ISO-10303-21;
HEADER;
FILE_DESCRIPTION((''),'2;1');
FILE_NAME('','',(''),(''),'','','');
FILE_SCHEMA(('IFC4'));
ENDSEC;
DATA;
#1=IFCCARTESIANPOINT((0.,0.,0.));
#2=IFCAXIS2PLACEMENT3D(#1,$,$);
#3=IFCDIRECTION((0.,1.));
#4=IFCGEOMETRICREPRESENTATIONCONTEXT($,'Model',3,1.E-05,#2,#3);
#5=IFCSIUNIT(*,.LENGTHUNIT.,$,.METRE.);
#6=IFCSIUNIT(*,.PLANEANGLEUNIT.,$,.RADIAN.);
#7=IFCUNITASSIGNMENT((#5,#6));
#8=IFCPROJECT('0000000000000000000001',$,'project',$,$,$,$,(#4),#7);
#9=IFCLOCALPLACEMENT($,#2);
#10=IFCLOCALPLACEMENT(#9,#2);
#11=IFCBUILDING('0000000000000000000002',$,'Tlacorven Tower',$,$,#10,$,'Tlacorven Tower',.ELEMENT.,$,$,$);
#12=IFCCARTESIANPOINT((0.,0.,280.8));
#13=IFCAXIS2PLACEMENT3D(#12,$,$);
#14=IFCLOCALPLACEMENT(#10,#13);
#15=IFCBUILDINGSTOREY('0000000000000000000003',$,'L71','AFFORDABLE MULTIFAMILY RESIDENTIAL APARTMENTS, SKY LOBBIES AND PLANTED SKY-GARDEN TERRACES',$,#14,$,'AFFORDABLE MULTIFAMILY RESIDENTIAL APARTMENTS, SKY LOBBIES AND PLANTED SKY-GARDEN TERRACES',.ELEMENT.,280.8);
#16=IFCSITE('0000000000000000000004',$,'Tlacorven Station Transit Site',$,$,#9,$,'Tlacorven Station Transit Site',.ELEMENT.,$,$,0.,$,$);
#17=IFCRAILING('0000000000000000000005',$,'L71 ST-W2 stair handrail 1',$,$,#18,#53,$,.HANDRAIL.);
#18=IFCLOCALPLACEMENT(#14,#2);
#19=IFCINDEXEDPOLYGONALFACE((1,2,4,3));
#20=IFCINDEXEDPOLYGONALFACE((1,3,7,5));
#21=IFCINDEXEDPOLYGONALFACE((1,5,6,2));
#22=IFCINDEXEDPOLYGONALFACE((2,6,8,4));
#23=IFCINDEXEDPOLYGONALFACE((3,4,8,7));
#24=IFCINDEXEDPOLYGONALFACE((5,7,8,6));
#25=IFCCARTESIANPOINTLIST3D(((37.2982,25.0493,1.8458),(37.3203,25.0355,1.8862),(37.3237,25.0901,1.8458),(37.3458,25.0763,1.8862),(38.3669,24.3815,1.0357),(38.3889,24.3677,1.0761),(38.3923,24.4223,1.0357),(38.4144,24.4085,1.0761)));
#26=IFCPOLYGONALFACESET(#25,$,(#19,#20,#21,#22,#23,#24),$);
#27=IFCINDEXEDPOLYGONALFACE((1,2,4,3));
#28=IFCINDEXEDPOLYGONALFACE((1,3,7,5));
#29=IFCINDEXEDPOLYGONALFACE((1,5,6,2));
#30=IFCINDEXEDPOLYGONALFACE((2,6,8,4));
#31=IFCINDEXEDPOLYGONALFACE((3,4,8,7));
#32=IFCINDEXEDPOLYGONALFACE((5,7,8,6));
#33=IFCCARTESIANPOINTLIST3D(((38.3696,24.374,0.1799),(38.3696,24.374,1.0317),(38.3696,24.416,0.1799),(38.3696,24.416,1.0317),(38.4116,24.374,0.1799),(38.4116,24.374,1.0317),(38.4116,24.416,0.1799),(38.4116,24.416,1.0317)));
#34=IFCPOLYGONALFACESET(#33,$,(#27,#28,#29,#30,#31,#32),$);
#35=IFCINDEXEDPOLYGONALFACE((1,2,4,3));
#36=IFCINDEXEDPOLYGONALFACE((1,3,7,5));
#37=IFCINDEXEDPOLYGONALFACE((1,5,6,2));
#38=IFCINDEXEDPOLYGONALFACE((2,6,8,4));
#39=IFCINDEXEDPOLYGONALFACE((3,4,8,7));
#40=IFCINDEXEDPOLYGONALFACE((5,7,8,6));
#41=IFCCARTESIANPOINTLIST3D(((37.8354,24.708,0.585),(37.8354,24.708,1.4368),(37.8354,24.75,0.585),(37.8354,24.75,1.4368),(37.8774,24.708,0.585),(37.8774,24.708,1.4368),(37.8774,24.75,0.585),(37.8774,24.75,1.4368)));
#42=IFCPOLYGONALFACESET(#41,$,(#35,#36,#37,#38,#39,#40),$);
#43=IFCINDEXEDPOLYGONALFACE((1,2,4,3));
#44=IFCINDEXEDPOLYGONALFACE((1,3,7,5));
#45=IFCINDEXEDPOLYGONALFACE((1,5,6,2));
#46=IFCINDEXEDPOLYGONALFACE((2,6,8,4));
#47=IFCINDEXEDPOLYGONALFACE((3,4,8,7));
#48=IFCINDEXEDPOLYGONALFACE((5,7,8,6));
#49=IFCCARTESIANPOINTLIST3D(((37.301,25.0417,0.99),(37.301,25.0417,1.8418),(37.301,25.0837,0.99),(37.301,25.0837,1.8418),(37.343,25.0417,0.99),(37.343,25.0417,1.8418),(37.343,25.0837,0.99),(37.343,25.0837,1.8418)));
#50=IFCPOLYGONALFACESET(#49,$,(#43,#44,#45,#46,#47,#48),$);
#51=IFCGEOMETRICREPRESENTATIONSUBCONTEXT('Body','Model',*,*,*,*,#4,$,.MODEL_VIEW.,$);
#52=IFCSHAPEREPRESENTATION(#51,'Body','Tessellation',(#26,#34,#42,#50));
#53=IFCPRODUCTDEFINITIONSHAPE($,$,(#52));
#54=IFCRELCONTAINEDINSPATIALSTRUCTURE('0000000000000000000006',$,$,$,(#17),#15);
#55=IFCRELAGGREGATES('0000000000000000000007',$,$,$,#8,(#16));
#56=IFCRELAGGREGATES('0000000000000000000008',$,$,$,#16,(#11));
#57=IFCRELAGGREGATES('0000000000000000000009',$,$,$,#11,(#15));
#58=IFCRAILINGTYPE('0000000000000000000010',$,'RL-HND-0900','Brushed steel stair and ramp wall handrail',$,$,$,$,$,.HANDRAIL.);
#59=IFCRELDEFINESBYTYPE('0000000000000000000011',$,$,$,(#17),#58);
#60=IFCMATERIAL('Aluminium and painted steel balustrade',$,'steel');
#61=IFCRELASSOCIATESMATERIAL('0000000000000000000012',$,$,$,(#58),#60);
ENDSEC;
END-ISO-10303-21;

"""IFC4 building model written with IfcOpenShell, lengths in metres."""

from ifc_helpers import new_model, si_unit, direction, frame, origin, origin_2d, place, context, subcontext, project, spatial, rectangle, extrude, source, transform, mapped, material, type_object, element, save


model = new_model("IFC4")

# Units and contexts
model_context = context("Model", 3, precision=1e-05, world=origin(), true_north=direction((0.0, 1.0)))
body_context = subcontext(model_context, "Body", "Model", "MODEL_VIEW")
ifc_project = project(units=[si_unit("LENGTHUNIT", "METRE"), si_unit("PLANEANGLEUNIT", "RADIAN")], contexts=[model_context])

# Site, building, storey
site_placement = place(None, origin())
site = spatial("IfcSite", under=ifc_project, at=site_placement, Name="Tlacorven Station Transit Site", LongName="Tlacorven Station Transit Site", CompositionType="ELEMENT", RefElevation=0.0)
building_placement = place(site_placement, origin())
building = spatial("IfcBuilding", under=site, at=building_placement, Name="Tlacorven Tower", LongName="Tlacorven Tower", CompositionType="ELEMENT")
storey_placement = place(building_placement, frame((0.0, 0.0, 280.8)))
storey = spatial("IfcBuildingStorey", under=building, at=storey_placement, Name="L71", Description="AFFORDABLE MULTIFAMILY RESIDENTIAL APARTMENTS, SKY LOBBIES AND PLANTED SKY-GARDEN TERRACES", LongName="AFFORDABLE MULTIFAMILY RESIDENTIAL APARTMENTS, SKY LOBBIES AND PLANTED SKY-GARDEN TERRACES", CompositionType="ELEMENT", Elevation=280.8)

# Railing
ifc_material_1 = material(Name="Aluminium and painted steel balustrade", Category="steel")
railing_type = type_object("IfcRailingType", Name="RL-HND-0900", Description="Brushed steel stair and ramp wall handrail", PredefinedType="HANDRAIL", material=ifc_material_1)
shared_shape_1 = source(origin(), body_context, "Body", "SweptSolid", [
    extrude(rectangle(XDim=0.0481, YDim=0.0481, at=origin_2d()), frame((0.0, 0.0, 0.876), z_axis=(-0.71336, 0.445748, 0.540765), x_axis=(-0.529912, -0.848053, 0.0)), (0.0, 0.0, 1.0), 1.498),
    extrude(rectangle(XDim=0.042, YDim=0.042, at=origin_2d()), origin(), (0.0, 0.0, 1.0), 0.8518),
    extrude(rectangle(XDim=0.042, YDim=0.042, at=origin_2d()), frame((-0.5342, 0.334, 0.405)), (0.0, 0.0, 1.0), 0.8518),
    extrude(rectangle(XDim=0.042, YDim=0.042, at=origin_2d()), frame((-1.0686, 0.6677, 0.8101)), (0.0, 0.0, 1.0), 0.8518),
])
railing_placement = place(storey_placement, frame((38.3906, 24.395, 0.1799)))
element("IfcRailing", 1, at=railing_placement, inside=storey, type_object=railing_type, Name="L71 ST-W2 stair handrail 1", PredefinedType="HANDRAIL", context=body_context, shape_type="MappedRepresentation", body=[
    mapped(shared_shape_1, transform((0.0, 0.0, 0.0), scale=1.0)),
])

save(model, "model.ifc")
